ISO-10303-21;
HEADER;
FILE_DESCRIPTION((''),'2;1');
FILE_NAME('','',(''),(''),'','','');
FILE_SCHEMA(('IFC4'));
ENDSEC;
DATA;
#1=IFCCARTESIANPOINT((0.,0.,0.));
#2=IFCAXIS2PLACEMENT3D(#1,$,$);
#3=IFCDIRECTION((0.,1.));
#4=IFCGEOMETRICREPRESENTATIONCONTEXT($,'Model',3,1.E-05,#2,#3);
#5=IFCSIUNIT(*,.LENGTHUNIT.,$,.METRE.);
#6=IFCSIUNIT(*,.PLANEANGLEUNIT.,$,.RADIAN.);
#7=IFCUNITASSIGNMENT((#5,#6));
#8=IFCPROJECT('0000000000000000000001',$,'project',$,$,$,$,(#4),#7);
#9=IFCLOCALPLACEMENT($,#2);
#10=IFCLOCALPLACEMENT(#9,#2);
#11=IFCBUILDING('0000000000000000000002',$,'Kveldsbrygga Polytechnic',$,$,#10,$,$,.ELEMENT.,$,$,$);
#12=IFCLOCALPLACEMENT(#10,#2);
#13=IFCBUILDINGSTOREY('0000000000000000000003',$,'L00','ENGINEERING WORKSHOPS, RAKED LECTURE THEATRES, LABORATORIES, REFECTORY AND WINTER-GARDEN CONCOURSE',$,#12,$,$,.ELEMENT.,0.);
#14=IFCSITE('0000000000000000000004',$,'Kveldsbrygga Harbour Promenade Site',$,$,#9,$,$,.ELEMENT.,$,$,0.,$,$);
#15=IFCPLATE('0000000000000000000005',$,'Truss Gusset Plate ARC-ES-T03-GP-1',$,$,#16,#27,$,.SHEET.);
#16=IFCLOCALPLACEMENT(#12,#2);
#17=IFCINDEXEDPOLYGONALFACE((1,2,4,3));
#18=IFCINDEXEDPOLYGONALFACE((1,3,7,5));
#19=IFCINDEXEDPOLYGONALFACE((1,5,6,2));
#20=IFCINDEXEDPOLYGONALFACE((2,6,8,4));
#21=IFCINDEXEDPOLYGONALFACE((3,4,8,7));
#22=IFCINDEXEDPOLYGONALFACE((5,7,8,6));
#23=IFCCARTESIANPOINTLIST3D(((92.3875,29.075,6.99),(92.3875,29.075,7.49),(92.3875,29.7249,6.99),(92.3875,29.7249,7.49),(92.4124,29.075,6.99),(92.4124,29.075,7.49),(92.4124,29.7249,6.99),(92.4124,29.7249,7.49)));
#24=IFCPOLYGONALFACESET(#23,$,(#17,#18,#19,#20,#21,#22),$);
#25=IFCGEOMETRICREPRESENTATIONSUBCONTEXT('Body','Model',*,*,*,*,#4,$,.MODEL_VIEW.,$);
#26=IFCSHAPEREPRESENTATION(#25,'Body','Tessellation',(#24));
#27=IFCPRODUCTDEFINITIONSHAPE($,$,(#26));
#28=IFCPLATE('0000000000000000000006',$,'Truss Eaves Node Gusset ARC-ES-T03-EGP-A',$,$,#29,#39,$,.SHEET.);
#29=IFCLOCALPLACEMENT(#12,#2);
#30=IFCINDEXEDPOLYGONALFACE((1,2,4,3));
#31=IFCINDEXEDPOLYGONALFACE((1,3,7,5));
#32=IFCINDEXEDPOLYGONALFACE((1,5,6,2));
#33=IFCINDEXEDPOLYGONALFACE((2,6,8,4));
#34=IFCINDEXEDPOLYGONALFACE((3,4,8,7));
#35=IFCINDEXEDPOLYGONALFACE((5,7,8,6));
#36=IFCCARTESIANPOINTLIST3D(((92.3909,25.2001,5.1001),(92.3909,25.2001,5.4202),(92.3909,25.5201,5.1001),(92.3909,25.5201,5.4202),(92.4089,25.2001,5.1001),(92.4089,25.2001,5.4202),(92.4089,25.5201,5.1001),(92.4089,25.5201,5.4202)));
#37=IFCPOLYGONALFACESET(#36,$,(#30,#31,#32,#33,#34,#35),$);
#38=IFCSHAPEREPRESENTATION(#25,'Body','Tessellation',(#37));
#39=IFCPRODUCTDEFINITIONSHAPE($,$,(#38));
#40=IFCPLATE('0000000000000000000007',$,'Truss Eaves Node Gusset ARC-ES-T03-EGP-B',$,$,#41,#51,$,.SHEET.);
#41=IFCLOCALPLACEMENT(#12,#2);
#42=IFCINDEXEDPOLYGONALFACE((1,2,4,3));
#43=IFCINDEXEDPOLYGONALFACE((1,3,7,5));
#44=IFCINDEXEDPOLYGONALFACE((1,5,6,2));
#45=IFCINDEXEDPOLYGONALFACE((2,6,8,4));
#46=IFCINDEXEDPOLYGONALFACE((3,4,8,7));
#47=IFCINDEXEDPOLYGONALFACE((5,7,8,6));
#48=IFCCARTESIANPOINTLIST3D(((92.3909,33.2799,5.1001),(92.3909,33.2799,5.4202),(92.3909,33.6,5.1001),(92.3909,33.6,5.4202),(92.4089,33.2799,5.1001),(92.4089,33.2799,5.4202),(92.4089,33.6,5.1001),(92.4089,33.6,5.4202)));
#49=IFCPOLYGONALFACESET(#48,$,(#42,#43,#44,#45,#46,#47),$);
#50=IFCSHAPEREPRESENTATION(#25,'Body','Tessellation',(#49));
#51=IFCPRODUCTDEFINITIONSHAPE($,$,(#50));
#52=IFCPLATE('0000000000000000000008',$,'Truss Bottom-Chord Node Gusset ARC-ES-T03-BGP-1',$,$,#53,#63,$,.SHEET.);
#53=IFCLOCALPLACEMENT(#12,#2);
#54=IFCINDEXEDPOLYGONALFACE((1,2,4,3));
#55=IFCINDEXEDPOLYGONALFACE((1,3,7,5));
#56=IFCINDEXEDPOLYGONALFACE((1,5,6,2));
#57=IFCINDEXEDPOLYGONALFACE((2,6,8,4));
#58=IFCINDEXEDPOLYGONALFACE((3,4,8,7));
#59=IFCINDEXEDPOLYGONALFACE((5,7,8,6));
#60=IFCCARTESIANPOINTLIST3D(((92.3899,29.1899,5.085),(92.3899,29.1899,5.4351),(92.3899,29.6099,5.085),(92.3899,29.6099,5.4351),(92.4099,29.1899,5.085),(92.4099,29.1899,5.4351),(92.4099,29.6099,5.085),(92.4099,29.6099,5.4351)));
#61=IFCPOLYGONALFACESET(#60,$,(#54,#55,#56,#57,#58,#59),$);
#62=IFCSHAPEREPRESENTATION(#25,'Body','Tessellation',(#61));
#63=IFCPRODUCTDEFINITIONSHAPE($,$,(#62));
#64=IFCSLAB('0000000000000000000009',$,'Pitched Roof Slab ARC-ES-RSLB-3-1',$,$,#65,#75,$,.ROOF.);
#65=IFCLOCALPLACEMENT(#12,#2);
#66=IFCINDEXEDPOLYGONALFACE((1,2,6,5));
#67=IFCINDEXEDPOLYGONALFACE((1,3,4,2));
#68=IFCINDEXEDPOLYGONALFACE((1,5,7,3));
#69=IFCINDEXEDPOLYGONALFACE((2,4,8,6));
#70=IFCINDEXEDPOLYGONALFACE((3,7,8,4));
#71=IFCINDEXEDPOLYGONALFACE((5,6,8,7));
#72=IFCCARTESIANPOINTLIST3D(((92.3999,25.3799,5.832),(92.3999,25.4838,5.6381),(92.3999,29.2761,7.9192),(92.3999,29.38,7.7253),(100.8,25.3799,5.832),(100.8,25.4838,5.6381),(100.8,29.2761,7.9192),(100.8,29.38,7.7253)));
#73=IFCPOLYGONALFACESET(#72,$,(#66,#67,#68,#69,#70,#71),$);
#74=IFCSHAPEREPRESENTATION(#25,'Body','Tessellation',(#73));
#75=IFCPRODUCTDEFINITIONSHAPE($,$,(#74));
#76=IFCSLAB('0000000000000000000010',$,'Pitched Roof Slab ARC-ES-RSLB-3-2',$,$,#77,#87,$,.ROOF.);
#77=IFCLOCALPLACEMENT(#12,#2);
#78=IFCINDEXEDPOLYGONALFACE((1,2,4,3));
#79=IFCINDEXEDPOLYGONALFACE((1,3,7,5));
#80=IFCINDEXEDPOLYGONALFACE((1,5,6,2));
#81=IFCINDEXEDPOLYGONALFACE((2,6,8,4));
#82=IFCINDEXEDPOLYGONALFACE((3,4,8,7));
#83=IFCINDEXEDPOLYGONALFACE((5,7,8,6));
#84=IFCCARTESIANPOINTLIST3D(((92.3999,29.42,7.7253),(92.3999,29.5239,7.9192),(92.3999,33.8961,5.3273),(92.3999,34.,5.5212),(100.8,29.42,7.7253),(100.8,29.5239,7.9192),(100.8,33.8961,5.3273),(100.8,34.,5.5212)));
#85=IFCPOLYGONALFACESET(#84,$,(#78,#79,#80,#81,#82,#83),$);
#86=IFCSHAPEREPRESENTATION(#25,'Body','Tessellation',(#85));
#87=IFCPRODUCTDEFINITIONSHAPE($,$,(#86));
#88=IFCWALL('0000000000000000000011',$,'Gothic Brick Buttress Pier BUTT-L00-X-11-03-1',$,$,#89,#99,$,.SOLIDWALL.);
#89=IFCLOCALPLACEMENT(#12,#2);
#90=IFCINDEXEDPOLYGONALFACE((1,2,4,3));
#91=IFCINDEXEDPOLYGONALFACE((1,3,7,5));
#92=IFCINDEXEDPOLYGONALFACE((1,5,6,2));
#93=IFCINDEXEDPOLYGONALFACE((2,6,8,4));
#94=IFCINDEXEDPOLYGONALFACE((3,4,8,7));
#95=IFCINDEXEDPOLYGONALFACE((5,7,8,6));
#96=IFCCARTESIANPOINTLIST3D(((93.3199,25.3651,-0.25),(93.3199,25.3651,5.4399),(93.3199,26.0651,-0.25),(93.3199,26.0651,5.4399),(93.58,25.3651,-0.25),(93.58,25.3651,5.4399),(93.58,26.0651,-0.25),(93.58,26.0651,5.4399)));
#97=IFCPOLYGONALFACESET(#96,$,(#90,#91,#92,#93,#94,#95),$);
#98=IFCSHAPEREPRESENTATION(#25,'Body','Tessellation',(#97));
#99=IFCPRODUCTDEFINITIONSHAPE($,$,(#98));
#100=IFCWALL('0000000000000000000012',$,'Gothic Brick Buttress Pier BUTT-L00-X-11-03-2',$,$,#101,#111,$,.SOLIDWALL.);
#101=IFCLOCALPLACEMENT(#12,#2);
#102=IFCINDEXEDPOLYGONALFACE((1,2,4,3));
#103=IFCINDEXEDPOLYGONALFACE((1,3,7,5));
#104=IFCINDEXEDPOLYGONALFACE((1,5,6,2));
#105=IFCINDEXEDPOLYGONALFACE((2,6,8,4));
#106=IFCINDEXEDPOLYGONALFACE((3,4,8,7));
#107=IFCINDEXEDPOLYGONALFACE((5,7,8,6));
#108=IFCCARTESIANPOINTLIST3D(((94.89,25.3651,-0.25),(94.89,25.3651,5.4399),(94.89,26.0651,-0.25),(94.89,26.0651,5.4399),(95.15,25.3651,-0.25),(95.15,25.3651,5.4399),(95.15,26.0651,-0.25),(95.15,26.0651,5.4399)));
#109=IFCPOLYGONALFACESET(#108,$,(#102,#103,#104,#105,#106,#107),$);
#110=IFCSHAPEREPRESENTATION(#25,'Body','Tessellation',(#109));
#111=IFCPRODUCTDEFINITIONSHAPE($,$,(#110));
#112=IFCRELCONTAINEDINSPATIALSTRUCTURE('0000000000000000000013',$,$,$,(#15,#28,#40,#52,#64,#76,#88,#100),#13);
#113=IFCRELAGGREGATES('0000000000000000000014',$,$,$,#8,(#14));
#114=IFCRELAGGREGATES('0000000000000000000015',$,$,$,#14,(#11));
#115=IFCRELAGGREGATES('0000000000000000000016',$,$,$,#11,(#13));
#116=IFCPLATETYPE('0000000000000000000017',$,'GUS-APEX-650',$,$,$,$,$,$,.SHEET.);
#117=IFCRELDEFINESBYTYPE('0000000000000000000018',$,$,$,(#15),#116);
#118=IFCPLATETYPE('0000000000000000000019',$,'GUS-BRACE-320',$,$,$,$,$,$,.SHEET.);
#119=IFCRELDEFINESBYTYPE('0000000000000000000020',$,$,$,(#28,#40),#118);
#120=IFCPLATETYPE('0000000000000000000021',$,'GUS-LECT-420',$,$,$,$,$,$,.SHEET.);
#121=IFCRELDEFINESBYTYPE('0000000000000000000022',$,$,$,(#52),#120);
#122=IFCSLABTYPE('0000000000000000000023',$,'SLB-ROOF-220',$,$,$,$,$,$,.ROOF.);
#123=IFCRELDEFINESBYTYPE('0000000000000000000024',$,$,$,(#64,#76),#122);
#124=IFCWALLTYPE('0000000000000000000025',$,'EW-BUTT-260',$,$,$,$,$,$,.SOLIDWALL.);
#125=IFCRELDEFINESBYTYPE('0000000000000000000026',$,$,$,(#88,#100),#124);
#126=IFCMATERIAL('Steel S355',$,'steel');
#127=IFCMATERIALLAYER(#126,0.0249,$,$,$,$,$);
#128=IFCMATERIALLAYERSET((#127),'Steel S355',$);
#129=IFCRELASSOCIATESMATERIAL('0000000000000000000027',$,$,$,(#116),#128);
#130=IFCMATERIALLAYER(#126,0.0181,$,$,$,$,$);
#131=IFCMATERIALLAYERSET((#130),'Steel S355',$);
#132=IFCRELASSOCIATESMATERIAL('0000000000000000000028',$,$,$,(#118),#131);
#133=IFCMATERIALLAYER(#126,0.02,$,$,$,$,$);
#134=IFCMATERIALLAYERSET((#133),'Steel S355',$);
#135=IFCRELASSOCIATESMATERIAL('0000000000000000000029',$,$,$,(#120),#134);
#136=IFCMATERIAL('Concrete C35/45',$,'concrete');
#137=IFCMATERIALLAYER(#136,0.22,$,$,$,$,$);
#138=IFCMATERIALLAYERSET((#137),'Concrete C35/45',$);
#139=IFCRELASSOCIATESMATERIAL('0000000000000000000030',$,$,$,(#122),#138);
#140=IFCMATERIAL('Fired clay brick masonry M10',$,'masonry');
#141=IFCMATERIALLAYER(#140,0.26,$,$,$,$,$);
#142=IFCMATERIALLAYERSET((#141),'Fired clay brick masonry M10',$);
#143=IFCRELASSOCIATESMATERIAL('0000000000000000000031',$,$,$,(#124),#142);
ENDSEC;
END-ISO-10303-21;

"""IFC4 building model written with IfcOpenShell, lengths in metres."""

from ifc_helpers import new_model, si_unit, direction, frame, frame_2d, origin, origin_2d, place, context, subcontext, project, spatial, polyline, rectangle, outline, extrude, material, layer, layer_set, type_object, element, save


model = new_model("IFC4")

# Units and contexts
model_context = context("Model", 3, precision=1e-05, world=origin(), true_north=direction((0.0, 1.0)))
body_context = subcontext(model_context, "Body", "Model", "MODEL_VIEW")
ifc_project = project(units=[si_unit("LENGTHUNIT", "METRE"), si_unit("PLANEANGLEUNIT", "RADIAN")], contexts=[model_context])

# Site, building, storey
site_placement = place(None, origin())
site = spatial("IfcSite", under=ifc_project, at=site_placement, Name="Kveldsbrygga Harbour Promenade Site", CompositionType="ELEMENT", RefElevation=0.0)
building_placement = place(site_placement, origin())
building = spatial("IfcBuilding", under=site, at=building_placement, Name="Kveldsbrygga Polytechnic", CompositionType="ELEMENT")
storey_placement = place(building_placement, origin())
storey = spatial("IfcBuildingStorey", under=building, at=storey_placement, Name="L00", Description="ENGINEERING WORKSHOPS, RAKED LECTURE THEATRES, LABORATORIES, REFECTORY AND WINTER-GARDEN CONCOURSE", CompositionType="ELEMENT", Elevation=0.0)

# Shared definitions
ifc_material_1 = material(Name="Concrete C35/45", Category="concrete")

# Shared definitions
ifc_material_2 = material(Name="Steel S355", Category="steel")

# Plates
ifc_layer_1 = layer(ifc_material_2, 0.0249)
ifc_layer_set_1 = layer_set([ifc_layer_1], Name="Steel S355")
plate_type_1 = type_object("IfcPlateType", Name="GUS-APEX-650", PredefinedType="SHEET", material=ifc_layer_set_1)
plate_1_placement = place(storey_placement, frame((92.3999, 29.3999, 6.99), z_axis=(0.0, 0.0, 1.0), x_axis=(1.0, 0.0, 0.0)))
element("IfcPlate", 1, at=plate_1_placement, inside=storey, type_object=plate_type_1, Name="Truss Gusset Plate ARC-ES-T03-GP-1", PredefinedType="SHEET", context=body_context, shape_type="SweptSolid", body=[
    extrude(rectangle(XDim=0.0249, YDim=0.6499, at=origin_2d()), origin(), (0.0, 0.0, 1.0), 0.5),
])
ifc_layer_2 = layer(ifc_material_2, 0.0181)
ifc_layer_set_2 = layer_set([ifc_layer_2], Name="Steel S355")
plate_type_2 = type_object("IfcPlateType", Name="GUS-BRACE-320", PredefinedType="SHEET", material=ifc_layer_set_2)
for number, where, z_axis, x_axis, name in (
    (2, (92.3999, 25.3601, 5.1001), (0.0, 0.0, 1.0), (1.0, 0.0, 0.0), "Truss Eaves Node Gusset ARC-ES-T03-EGP-A"),
    (3, (92.3999, 33.4399, 5.1001), (0.0, 0.0, 1.0), (1.0, 0.0, 0.0), "Truss Eaves Node Gusset ARC-ES-T03-EGP-B"),
):
    element("IfcPlate", number, at=place(storey_placement, frame(where, z_axis=z_axis, x_axis=x_axis)), inside=storey, type_object=plate_type_2, Name=name, PredefinedType="SHEET", context=body_context, shape_type="SweptSolid", body=[
        extrude(rectangle(XDim=0.0181, YDim=0.3201, at=origin_2d()), origin(), (0.0, 0.0, 1.0), 0.3201),
    ])
ifc_layer_3 = layer(ifc_material_2, 0.02)
ifc_layer_set_3 = layer_set([ifc_layer_3], Name="Steel S355")
plate_type_3 = type_object("IfcPlateType", Name="GUS-LECT-420", PredefinedType="SHEET", material=ifc_layer_set_3)
plate_2_placement = place(storey_placement, frame((92.3999, 29.3999, 5.085), z_axis=(0.0, 0.0, 1.0), x_axis=(1.0, 0.0, 0.0)))
element("IfcPlate", 4, at=plate_2_placement, inside=storey, type_object=plate_type_3, Name="Truss Bottom-Chord Node Gusset ARC-ES-T03-BGP-1", PredefinedType="SHEET", context=body_context, shape_type="SweptSolid", body=[
    extrude(rectangle(XDim=0.02, YDim=0.4199, at=origin_2d()), origin(), (0.0, 0.0, 1.0), 0.3501),
])

# Slabs
ifc_layer_4 = layer(ifc_material_1, 0.22)
ifc_layer_set_4 = layer_set([ifc_layer_4], Name="Concrete C35/45")
slab_type = type_object("IfcSlabType", Name="SLB-ROOF-220", PredefinedType="ROOF", material=ifc_layer_set_4)
slab_1_placement = place(storey_placement, frame((92.3999, 25.3799, 5.832), z_axis=(0.0, -0.472201, 0.881491), x_axis=(1.0, 0.0, 0.0)))
element("IfcSlab", 5, at=slab_1_placement, inside=storey, type_object=slab_type, Name="Pitched Roof Slab ARC-ES-RSLB-3-1", PredefinedType="ROOF", context=body_context, shape_type="SweptSolid", body=[
    extrude(outline(polyline([(0.0, 0.0), (8.4001, 0.0), (8.4001, 4.4201), (0.0, 4.4201), (0.0, 0.0)])), origin(), (0.0, 0.0, -1.0), 0.22),
])
slab_2_placement = place(storey_placement, frame((92.3999, 29.5239, 7.9192), z_axis=(0.0, 0.472229, 0.881476), x_axis=(1.0, 0.0, 0.0)))
element("IfcSlab", 6, at=slab_2_placement, inside=storey, type_object=slab_type, Name="Pitched Roof Slab ARC-ES-RSLB-3-2", PredefinedType="ROOF", context=body_context, shape_type="SweptSolid", body=[
    extrude(outline(polyline([(0.0, 0.0), (8.4001, 0.0), (8.4001, 5.0779), (0.0, 5.0779), (0.0, 0.0)])), origin(), (0.0, 0.0, -1.0), 0.22),
])

# Shared definitions
ifc_material_3 = material(Name="Fired clay brick masonry M10", Category="masonry")

# Walls
ifc_layer_5 = layer(ifc_material_3, 0.26)
ifc_layer_set_5 = layer_set([ifc_layer_5], Name="Fired clay brick masonry M10")
wall_type_1 = type_object("IfcWallType", Name="EW-BUTT-260", PredefinedType="SOLIDWALL", material=ifc_layer_set_5)
for number, where, z_axis, x_axis, name in (
    (7, (93.45, 25.365, -0.25), (0.0, 0.0, 1.0), (0.0, 1.0, 0.0), "Gothic Brick Buttress Pier BUTT-L00-X-11-03-1"),
    (8, (95.02, 25.365, -0.25), (0.0, 0.0, 1.0), (0.0, 1.0, 0.0), "Gothic Brick Buttress Pier BUTT-L00-X-11-03-2"),
):
    element("IfcWall", number, at=place(storey_placement, frame(where, z_axis=z_axis, x_axis=x_axis)), inside=storey, type_object=wall_type_1, Name=name, PredefinedType="SOLIDWALL", context=body_context, shape_type="SweptSolid", body=[
        extrude(rectangle(XDim=0.7, YDim=0.26, at=frame_2d((0.3501, 0.0))), origin(), (0.0, 0.0, 1.0), 5.6899),
    ])

save(model, "model.ifc")
